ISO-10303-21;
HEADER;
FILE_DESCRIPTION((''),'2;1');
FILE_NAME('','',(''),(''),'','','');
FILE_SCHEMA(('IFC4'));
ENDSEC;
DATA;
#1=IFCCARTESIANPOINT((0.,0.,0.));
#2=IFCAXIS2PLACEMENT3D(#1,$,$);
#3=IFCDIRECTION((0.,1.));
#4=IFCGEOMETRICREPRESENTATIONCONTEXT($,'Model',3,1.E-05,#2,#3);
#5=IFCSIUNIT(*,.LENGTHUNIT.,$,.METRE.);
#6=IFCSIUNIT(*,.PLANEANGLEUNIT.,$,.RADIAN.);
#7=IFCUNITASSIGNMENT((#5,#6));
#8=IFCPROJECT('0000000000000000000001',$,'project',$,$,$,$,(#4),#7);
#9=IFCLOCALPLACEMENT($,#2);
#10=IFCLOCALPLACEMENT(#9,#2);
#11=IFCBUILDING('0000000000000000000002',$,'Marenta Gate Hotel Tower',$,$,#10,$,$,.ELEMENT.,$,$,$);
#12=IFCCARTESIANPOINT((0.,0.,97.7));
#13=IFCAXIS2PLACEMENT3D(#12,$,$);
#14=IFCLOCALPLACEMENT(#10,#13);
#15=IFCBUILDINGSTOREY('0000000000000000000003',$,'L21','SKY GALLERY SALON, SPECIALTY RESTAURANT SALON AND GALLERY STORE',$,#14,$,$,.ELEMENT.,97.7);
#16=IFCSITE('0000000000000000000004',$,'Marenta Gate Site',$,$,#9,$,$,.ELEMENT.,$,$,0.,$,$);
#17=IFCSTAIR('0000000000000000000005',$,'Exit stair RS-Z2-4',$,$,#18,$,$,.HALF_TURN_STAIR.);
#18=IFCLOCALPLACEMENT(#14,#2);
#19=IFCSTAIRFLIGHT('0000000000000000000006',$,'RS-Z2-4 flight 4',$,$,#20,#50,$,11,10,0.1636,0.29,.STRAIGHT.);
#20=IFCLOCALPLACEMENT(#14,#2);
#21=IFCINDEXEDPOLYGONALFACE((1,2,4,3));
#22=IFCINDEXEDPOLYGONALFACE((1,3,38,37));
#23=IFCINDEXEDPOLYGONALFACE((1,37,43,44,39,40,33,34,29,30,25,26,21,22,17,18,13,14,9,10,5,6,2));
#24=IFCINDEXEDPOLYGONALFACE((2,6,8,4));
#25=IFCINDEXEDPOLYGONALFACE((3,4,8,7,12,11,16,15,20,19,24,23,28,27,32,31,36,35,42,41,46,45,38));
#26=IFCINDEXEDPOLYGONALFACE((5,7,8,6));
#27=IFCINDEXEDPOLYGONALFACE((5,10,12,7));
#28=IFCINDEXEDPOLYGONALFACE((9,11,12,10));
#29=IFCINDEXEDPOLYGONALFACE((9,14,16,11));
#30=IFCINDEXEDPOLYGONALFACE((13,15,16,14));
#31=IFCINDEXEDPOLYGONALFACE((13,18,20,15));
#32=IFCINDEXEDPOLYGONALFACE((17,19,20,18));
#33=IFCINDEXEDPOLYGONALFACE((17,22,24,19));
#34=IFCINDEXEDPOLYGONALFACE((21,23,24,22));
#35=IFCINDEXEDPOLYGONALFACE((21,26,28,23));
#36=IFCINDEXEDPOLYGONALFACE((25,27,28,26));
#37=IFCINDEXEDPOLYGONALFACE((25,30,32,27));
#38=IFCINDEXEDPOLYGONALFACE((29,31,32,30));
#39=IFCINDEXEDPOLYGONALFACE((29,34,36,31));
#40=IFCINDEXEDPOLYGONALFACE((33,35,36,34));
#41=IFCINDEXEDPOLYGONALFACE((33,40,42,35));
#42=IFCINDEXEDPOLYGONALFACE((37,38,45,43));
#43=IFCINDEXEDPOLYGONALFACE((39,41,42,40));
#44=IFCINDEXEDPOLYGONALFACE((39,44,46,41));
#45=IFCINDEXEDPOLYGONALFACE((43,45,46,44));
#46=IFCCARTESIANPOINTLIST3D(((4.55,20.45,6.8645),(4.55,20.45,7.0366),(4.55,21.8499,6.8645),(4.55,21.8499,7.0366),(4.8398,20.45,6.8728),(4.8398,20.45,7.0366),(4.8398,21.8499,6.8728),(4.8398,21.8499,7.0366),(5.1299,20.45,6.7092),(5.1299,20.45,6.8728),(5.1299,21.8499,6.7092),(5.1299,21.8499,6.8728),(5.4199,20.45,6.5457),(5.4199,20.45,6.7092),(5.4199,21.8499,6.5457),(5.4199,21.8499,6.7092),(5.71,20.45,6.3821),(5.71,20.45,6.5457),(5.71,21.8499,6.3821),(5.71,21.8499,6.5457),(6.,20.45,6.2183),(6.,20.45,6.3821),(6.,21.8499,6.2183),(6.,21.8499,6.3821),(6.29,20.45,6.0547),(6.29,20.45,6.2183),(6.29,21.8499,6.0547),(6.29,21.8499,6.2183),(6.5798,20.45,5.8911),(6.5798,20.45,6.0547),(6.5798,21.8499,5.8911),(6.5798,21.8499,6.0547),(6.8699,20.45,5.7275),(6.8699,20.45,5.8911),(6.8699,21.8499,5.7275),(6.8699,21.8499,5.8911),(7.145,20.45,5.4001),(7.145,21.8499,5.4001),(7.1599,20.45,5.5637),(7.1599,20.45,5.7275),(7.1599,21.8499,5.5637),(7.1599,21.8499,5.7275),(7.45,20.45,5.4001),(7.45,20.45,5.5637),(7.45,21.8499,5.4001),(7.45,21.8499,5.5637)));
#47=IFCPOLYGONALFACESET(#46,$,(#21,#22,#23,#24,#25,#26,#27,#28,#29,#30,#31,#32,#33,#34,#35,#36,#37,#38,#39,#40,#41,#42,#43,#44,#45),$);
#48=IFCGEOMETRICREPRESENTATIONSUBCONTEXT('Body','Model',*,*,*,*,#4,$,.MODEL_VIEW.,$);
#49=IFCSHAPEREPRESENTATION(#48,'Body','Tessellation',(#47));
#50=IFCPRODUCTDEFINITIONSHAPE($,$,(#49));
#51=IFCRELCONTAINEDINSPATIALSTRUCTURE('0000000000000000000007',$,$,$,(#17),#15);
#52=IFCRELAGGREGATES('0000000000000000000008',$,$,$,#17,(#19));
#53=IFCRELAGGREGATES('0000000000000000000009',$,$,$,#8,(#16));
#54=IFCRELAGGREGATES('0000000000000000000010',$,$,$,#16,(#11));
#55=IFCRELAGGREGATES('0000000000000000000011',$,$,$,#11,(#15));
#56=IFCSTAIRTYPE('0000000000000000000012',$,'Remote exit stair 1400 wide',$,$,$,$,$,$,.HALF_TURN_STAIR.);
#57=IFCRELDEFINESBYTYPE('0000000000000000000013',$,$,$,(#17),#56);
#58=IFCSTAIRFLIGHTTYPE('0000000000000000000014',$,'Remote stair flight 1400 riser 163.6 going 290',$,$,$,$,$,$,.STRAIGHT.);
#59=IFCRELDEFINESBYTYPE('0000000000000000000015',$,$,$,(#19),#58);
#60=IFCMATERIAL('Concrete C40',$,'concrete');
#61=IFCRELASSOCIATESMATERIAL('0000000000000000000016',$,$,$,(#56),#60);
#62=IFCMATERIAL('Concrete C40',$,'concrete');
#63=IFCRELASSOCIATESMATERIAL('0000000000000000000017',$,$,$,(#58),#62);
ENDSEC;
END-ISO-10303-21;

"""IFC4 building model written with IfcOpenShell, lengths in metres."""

from ifc_helpers import new_model, si_unit, direction, frame, origin, place, context, subcontext, project, spatial, polyline, outline, extrude, material, type_object, element, aggregate, save


model = new_model("IFC4")

# Units and contexts
model_context = context("Model", 3, precision=1e-05, world=origin(), true_north=direction((0.0, 1.0)))
body_context = subcontext(model_context, "Body", "Model", "MODEL_VIEW")
ifc_project = project(units=[si_unit("LENGTHUNIT", "METRE"), si_unit("PLANEANGLEUNIT", "RADIAN")], contexts=[model_context])

# Site, building, storey
site_placement = place(None, origin())
site = spatial("IfcSite", under=ifc_project, at=site_placement, Name="Marenta Gate Site", CompositionType="ELEMENT", RefElevation=0.0)
building_placement = place(site_placement, origin())
building = spatial("IfcBuilding", under=site, at=building_placement, Name="Marenta Gate Hotel Tower", CompositionType="ELEMENT")
storey_placement = place(building_placement, frame((0.0, 0.0, 97.7)))
storey = spatial("IfcBuildingStorey", under=building, at=storey_placement, Name="L21", Description="SKY GALLERY SALON, SPECIALTY RESTAURANT SALON AND GALLERY STORE", CompositionType="ELEMENT", Elevation=97.7)

# Stair, stair flight
ifc_material_1 = material(Name="Concrete C40", Category="concrete")
stair_type = type_object("IfcStairType", Name="Remote exit stair 1400 wide", PredefinedType="HALF_TURN_STAIR", material=ifc_material_1)
stair_placement = place(storey_placement, origin())
stair = element("IfcStair", 1, at=stair_placement, inside=storey, type_object=stair_type, Name="Exit stair RS-Z2-4", PredefinedType="HALF_TURN_STAIR")
ifc_material_2 = material(Name="Concrete C40", Category="concrete")
stair_flight_type = type_object("IfcStairFlightType", Name="Remote stair flight 1400 riser 163.6 going 290", PredefinedType="STRAIGHT", material=ifc_material_2)
stair_flight_1_placement = place(storey_placement, frame((7.45, 21.1499, 5.4001), z_axis=(0.0, 0.0, 1.0), x_axis=(-1.0, 0.0, 0.0)))
stair_flight_1 = element("IfcStairFlight", 2, at=stair_flight_1_placement, type_object=stair_flight_type, Name="RS-Z2-4 flight 4", NumberOfRisers=11, NumberOfTreads=10, PredefinedType="STRAIGHT", RiserHeight=0.1636, TreadLength=0.29, context=body_context, shape_type="SweptSolid", body=[
    extrude(outline(polyline([(0.0, 0.0), (0.0, 0.1636), (0.29, 0.1636), (0.29, 0.3274), (0.5801, 0.3274), (0.5801, 0.491), (0.8701, 0.491), (0.8701, 0.6545), (1.1599, 0.6545), (1.1599, 0.8181), (1.45, 0.8181), (1.45, 0.9819), (1.74, 0.9819), (1.74, 1.1455), (2.03, 1.1455), (2.03, 1.3091), (2.3201, 1.3091), (2.3201, 1.4727), (2.6101, 1.4727), (2.6101, 1.6365), (2.8999, 1.6365), (2.8999, 1.8), (2.8999, 1.4644), (0.3049, 0.0), (0.0, 0.0)])), frame((0.0, 0.7, 0.0), z_axis=(0.0, -1.0, 0.0), x_axis=(1.0, 0.0, 0.0)), (0.0, 0.0, 1.0), 1.3999),
])
aggregate(stair, [stair_flight_1])

save(model, "model.ifc")
